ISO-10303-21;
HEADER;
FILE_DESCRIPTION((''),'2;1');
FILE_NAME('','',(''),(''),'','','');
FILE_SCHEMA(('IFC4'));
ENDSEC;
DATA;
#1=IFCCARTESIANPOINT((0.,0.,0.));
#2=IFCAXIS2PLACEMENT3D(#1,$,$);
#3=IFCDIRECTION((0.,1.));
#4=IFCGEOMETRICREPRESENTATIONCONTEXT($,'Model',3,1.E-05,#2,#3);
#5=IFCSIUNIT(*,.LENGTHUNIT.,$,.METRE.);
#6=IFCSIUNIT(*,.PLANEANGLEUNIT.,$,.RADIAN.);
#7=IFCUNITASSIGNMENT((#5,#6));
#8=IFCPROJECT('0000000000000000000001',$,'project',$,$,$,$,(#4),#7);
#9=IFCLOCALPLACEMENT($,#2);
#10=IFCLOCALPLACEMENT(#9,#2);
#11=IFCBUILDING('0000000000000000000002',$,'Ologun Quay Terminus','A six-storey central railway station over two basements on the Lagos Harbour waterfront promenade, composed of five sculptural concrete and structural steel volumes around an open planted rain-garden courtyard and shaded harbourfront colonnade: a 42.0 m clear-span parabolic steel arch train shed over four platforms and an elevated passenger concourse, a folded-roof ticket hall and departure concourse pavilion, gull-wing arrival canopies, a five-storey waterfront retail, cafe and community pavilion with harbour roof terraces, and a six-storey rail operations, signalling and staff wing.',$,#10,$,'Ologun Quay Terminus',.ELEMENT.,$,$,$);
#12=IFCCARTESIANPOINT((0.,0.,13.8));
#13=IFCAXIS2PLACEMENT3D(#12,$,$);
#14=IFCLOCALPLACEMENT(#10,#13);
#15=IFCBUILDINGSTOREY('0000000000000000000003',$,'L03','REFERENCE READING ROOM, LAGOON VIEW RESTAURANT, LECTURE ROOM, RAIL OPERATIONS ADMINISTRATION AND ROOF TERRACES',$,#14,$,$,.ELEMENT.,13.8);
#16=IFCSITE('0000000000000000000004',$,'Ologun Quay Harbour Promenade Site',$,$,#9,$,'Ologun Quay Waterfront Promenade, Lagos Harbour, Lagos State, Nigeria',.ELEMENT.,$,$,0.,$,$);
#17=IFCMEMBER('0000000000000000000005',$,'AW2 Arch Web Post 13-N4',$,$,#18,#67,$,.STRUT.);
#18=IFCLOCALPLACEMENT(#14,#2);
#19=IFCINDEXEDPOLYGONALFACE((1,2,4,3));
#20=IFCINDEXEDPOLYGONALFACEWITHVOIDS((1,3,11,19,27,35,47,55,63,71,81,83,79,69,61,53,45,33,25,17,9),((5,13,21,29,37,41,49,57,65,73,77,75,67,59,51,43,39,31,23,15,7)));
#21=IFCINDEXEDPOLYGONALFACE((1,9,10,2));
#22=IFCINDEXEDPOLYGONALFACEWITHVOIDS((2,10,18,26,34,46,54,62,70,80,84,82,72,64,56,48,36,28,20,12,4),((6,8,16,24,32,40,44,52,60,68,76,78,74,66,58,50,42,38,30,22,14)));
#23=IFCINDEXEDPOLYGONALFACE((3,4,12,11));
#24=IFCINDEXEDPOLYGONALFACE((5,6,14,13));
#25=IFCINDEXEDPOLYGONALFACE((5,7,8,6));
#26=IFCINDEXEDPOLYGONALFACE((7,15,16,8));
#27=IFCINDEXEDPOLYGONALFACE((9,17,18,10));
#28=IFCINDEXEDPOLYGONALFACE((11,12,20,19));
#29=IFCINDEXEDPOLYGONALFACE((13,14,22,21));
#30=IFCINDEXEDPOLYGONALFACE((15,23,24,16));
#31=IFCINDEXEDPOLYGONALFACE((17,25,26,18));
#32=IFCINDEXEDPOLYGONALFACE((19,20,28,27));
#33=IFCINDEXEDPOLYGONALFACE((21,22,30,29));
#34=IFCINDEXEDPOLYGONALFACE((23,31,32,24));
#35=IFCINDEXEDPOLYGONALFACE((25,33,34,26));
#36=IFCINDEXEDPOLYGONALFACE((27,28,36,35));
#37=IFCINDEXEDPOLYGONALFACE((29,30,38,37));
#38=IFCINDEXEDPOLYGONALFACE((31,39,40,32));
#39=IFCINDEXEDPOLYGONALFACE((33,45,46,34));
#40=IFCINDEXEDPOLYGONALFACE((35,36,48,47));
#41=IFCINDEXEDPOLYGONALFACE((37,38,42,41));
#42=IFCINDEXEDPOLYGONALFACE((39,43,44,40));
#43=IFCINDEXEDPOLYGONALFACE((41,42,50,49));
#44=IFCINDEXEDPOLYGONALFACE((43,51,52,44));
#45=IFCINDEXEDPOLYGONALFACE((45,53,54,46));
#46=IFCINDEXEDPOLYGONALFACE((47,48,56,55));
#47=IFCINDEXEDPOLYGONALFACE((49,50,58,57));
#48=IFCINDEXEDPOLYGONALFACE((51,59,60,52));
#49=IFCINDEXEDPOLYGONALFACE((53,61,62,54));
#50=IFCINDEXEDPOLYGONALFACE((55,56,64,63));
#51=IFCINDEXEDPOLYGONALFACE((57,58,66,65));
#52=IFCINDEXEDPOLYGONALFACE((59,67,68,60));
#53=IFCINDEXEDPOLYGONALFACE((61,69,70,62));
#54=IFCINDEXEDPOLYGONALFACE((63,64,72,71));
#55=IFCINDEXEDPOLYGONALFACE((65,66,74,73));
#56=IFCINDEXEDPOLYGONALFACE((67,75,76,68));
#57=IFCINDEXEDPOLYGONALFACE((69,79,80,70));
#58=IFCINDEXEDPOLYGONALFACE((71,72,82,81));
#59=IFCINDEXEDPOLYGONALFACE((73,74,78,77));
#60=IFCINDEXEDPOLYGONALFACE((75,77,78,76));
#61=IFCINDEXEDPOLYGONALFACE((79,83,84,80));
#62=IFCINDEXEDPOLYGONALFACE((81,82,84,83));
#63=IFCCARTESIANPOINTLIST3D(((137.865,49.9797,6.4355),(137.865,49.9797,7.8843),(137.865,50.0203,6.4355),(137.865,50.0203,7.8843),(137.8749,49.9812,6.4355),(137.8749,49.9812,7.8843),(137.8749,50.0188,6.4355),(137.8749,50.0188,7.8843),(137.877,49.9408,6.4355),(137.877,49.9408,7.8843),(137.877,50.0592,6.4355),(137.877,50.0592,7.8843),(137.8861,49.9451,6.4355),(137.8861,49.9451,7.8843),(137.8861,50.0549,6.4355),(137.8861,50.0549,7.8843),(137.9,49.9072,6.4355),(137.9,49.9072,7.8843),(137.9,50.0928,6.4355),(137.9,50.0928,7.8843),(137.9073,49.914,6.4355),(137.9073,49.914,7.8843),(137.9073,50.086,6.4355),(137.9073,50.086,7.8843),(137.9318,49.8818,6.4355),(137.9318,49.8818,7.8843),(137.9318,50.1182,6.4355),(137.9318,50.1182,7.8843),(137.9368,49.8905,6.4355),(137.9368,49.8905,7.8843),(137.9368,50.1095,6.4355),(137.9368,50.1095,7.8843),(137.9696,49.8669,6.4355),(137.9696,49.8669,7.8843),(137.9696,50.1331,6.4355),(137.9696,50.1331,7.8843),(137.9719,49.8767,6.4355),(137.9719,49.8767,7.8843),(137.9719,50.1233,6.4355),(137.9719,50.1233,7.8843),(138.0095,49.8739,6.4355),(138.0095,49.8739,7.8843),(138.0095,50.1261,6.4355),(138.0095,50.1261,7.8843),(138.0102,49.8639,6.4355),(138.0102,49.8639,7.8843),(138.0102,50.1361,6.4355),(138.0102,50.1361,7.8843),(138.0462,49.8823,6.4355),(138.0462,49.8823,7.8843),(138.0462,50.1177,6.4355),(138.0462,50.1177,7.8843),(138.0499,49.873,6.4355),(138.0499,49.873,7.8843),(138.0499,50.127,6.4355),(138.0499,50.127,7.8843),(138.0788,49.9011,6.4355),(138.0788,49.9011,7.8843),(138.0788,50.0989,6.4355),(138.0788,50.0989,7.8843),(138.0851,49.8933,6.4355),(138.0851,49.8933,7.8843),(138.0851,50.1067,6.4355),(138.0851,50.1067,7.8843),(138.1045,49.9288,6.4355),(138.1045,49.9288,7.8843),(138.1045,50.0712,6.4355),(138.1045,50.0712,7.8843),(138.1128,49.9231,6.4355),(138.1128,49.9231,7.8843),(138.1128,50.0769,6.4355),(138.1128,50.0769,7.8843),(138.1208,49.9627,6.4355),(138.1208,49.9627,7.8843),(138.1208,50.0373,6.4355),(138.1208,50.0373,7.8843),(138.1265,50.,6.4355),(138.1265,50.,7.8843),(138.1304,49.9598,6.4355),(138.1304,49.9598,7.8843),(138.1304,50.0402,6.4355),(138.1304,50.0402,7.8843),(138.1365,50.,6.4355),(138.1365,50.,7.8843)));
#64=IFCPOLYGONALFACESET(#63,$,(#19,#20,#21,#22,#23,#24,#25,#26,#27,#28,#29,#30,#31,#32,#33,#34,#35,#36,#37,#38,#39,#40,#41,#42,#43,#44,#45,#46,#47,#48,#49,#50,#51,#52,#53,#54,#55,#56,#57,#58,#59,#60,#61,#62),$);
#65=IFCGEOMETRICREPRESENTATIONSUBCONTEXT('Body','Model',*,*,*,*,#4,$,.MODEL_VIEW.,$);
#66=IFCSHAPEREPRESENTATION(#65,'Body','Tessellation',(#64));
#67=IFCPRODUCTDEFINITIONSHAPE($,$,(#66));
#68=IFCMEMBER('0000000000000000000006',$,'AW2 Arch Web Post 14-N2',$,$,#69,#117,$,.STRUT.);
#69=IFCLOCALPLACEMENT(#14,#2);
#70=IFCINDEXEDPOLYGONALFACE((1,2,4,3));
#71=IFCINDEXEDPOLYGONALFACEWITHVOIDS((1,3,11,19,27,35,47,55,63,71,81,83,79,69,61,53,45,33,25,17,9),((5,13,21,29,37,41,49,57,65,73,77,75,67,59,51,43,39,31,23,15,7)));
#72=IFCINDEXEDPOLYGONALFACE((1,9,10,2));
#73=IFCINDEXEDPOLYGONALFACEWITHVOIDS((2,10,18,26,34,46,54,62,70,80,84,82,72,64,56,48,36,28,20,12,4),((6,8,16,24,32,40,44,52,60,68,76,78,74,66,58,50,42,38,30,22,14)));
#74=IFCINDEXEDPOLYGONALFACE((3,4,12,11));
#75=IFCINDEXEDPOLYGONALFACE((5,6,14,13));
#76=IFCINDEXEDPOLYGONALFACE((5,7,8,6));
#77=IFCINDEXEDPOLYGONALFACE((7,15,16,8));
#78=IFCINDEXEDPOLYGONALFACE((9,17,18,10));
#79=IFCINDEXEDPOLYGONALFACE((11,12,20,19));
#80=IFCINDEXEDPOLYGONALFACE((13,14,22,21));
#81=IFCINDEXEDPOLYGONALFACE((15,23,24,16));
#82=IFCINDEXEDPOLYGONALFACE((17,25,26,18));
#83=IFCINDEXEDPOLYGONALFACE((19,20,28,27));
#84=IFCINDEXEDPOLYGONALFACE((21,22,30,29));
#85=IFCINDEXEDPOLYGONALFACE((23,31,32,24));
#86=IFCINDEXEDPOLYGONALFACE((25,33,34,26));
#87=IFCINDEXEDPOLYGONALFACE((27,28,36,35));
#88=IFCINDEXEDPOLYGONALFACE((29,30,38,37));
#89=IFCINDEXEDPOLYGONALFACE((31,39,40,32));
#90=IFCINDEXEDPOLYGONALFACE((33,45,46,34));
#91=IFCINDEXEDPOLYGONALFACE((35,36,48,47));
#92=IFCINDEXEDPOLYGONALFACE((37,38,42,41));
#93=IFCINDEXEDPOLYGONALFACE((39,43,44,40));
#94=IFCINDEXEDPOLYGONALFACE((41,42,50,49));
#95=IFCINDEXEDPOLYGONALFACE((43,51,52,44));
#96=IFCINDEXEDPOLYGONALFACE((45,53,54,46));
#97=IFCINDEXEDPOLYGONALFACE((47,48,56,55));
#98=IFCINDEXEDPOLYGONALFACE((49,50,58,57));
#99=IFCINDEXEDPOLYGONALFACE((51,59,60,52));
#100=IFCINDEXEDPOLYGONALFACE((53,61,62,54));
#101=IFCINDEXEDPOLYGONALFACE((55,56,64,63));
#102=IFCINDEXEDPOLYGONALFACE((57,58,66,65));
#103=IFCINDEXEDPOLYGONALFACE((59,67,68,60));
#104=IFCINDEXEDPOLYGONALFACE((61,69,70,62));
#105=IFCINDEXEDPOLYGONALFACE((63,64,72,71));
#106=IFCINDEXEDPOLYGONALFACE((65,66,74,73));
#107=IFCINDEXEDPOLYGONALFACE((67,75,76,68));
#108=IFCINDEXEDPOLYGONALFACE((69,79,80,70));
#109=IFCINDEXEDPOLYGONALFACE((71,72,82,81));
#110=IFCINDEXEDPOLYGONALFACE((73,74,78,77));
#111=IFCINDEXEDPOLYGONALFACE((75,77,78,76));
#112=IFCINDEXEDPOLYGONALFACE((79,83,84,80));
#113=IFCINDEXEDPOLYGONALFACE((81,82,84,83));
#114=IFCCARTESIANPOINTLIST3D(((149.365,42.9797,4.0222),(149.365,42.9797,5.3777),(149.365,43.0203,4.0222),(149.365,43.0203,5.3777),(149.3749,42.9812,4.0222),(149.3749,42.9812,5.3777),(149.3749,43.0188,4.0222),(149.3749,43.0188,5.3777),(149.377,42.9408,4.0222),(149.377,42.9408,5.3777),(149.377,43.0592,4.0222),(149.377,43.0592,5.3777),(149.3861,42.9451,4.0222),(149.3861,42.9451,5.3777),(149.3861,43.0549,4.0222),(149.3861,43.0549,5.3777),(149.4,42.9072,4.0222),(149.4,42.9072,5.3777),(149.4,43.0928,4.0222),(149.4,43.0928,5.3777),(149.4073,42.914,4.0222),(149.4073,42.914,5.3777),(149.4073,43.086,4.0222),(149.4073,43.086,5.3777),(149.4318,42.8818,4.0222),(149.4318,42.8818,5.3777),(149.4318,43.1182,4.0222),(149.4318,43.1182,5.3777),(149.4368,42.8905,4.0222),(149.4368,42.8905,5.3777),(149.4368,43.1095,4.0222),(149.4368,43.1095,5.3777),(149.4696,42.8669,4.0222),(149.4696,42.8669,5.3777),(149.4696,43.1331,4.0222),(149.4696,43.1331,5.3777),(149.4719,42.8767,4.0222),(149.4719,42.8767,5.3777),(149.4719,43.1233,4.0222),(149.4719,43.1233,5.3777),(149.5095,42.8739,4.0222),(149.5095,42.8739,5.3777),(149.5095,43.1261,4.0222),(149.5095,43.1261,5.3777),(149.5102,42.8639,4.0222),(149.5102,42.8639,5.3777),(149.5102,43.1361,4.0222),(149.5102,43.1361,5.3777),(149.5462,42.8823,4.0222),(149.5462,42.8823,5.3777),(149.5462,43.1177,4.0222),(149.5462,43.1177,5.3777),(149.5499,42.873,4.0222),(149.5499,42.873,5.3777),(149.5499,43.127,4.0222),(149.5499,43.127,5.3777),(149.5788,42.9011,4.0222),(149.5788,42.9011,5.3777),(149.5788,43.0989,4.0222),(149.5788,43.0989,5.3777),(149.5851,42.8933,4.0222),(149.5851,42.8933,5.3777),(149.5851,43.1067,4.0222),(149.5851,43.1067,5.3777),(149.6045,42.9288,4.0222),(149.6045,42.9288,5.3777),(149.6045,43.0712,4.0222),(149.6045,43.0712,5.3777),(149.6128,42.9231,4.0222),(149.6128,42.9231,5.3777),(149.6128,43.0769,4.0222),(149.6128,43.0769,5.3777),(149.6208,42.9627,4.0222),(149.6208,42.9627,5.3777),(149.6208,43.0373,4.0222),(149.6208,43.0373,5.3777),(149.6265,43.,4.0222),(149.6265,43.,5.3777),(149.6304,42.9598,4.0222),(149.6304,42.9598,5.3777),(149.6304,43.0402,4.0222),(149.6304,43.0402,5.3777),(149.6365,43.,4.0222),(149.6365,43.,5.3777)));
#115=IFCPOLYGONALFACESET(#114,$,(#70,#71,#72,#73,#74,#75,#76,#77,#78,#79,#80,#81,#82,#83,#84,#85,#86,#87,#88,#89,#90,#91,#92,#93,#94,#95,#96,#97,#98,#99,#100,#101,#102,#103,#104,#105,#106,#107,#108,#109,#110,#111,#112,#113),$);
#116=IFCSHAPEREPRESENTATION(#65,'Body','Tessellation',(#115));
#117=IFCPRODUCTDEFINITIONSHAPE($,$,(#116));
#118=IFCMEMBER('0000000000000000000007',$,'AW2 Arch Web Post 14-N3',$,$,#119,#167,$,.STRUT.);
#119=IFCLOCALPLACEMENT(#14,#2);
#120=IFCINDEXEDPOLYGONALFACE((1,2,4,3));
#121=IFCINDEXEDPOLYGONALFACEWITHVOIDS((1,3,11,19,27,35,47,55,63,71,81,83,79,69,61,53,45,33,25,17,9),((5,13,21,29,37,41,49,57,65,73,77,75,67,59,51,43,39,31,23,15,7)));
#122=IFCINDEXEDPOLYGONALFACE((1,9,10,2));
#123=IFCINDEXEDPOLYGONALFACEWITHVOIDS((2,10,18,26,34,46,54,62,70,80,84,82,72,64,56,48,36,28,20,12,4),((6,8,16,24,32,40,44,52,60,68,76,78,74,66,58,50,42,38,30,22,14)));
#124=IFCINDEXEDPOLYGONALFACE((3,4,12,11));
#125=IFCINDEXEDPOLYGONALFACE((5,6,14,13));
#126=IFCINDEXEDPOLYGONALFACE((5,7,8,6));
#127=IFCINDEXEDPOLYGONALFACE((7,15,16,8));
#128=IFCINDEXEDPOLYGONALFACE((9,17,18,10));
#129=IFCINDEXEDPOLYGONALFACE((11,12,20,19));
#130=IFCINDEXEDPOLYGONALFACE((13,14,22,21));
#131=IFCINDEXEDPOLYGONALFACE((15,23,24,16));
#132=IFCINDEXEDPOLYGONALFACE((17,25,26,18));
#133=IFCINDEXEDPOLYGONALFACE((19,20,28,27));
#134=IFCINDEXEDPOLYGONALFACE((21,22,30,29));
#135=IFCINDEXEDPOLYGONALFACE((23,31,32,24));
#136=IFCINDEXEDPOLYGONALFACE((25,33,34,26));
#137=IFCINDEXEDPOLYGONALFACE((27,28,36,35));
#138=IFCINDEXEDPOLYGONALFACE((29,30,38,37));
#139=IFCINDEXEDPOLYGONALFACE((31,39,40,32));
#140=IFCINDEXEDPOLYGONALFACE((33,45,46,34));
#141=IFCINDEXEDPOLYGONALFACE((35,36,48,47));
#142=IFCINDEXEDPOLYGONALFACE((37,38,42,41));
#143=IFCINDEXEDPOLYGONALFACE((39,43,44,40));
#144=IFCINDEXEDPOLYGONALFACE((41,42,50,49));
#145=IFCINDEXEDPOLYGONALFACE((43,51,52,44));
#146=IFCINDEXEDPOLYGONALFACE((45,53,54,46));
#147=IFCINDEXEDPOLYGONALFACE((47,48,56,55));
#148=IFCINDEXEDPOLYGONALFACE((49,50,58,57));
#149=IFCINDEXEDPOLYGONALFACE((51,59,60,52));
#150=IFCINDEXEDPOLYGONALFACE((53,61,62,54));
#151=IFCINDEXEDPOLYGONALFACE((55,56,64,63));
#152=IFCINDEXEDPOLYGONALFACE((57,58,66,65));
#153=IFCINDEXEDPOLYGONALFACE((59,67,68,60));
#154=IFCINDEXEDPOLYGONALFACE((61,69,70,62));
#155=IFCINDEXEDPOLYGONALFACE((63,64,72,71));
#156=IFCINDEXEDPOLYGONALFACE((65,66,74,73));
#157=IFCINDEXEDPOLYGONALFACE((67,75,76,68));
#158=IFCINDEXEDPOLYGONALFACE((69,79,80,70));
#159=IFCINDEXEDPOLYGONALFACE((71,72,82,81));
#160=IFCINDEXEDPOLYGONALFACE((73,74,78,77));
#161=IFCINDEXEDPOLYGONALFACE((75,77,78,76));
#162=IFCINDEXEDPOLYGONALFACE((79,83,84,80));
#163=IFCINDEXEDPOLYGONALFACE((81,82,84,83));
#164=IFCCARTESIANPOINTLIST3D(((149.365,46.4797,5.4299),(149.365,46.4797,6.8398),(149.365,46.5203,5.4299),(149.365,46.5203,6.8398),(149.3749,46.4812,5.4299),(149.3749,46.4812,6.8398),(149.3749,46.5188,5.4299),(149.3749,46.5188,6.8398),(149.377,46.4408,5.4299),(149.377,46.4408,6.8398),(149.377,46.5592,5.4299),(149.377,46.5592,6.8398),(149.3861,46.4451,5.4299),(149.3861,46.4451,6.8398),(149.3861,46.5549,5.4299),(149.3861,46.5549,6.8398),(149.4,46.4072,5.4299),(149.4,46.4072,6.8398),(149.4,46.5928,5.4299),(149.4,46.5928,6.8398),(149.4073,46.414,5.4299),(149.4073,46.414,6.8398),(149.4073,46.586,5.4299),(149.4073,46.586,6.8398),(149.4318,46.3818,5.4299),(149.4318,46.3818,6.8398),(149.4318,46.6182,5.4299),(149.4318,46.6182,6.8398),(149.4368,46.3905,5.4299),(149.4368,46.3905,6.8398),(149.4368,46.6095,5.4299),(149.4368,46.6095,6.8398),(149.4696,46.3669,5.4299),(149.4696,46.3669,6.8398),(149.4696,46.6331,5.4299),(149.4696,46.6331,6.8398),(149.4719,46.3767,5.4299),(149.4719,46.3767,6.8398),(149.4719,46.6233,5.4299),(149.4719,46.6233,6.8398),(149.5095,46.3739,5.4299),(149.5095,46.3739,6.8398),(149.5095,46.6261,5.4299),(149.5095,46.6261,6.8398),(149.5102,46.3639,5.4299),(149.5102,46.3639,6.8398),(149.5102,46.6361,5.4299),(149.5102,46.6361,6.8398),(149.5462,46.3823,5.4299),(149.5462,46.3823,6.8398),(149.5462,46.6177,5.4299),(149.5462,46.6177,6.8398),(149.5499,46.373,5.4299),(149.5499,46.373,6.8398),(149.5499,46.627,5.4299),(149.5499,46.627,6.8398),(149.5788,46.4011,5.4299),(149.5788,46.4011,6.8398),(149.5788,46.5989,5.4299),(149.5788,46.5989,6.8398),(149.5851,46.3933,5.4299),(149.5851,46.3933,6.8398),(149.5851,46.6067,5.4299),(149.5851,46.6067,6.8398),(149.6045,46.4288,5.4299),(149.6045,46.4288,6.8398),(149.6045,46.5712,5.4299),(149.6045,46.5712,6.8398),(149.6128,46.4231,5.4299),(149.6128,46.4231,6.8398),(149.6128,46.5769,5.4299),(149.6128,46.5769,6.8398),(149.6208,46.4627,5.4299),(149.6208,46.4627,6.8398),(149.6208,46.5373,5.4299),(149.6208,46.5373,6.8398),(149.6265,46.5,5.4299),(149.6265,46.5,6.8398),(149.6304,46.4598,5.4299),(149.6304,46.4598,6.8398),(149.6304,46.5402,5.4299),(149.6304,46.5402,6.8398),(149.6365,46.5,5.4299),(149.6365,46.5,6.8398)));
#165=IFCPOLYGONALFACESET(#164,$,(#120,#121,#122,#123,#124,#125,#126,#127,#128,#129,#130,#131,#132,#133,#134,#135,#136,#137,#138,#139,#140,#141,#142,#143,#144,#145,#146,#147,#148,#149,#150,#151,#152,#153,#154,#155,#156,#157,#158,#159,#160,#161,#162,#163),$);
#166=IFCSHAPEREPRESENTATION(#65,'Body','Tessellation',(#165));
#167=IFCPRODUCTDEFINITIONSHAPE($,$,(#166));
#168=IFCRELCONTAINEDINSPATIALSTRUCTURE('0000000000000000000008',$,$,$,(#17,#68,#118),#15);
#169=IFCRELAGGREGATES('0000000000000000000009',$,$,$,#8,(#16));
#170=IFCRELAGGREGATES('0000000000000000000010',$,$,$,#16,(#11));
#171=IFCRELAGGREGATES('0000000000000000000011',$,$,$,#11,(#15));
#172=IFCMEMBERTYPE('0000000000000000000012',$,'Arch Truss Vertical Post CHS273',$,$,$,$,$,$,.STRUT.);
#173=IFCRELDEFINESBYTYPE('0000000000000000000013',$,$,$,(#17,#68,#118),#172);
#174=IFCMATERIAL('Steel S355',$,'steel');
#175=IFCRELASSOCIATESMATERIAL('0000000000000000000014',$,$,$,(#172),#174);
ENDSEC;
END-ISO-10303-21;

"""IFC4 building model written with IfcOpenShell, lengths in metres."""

from ifc_helpers import new_model, si_unit, direction, frame, origin, origin_2d, place, context, subcontext, project, spatial, hollow_circle, extrude, material, material_profile, profile_set, type_object, element, save


model = new_model("IFC4")

# Units and contexts
model_context = context("Model", 3, precision=1e-05, world=origin(), true_north=direction((0.0, 1.0)))
body_context = subcontext(model_context, "Body", "Model", "MODEL_VIEW")
ifc_project = project(units=[si_unit("LENGTHUNIT", "METRE"), si_unit("PLANEANGLEUNIT", "RADIAN")], contexts=[model_context])

# Site, building, storey
site_placement = place(None, origin())
site = spatial("IfcSite", under=ifc_project, at=site_placement, Name="Ologun Quay Harbour Promenade Site", LongName="Ologun Quay Waterfront Promenade, Lagos Harbour, Lagos State, Nigeria", CompositionType="ELEMENT", RefElevation=0.0)
building_placement = place(site_placement, origin())
building = spatial("IfcBuilding", under=site, at=building_placement, Name="Ologun Quay Terminus", Description="A six-storey central railway station over two basements on the Lagos Harbour waterfront promenade, composed of five sculptural concrete and structural steel volumes around an open planted rain-garden courtyard and shaded harbourfront colonnade: a 42.0 m clear-span parabolic steel arch train shed over four platforms and an elevated passenger concourse, a folded-roof ticket hall and departure concourse pavilion, gull-wing arrival canopies, a five-storey waterfront retail, cafe and community pavilion with harbour roof terraces, and a six-storey rail operations, signalling and staff wing.", LongName="Ologun Quay Terminus", CompositionType="ELEMENT")
storey_placement = place(building_placement, frame((0.0, 0.0, 13.8)))
storey = spatial("IfcBuildingStorey", under=building, at=storey_placement, Name="L03", Description="REFERENCE READING ROOM, LAGOON VIEW RESTAURANT, LECTURE ROOM, RAIL OPERATIONS ADMINISTRATION AND ROOF TERRACES", CompositionType="ELEMENT", Elevation=13.8)

# Members
ifc_material_1 = material(Name="Steel S355", Category="steel")
ifc_material_profile_1 = material_profile(ifc_material_1, hollow_circle(Radius=0.1365, WallThickness=0.01, at=origin_2d()), Name="CHS 273x10")
ifc_profile_set_1 = profile_set([ifc_material_profile_1], Name="Steel S355")
member_type_1 = type_object("IfcMemberType", Name="Arch Truss Vertical Post CHS273", PredefinedType="STRUT", material=ifc_profile_set_1)
member_1_placement = place(storey_placement, frame((138.0, 50.0, 6.4355), z_axis=(0.0, 0.0, 1.0), x_axis=(1.0, 0.0, 0.0)))
element("IfcMember", 1, at=member_1_placement, inside=storey, type_object=member_type_1, Name="AW2 Arch Web Post 13-N4", PredefinedType="STRUT", context=body_context, shape_type="SweptSolid", body=[
    extrude(hollow_circle(Radius=0.1365, WallThickness=0.01, at=origin_2d()), origin(), (0.0, 0.0, 1.0), 1.4487),
])
member_2_placement = place(storey_placement, frame((149.5, 43.0, 4.0222), z_axis=(0.0, 0.0, 1.0), x_axis=(1.0, 0.0, 0.0)))
element("IfcMember", 2, at=member_2_placement, inside=storey, type_object=member_type_1, Name="AW2 Arch Web Post 14-N2", PredefinedType="STRUT", context=body_context, shape_type="SweptSolid", body=[
    extrude(hollow_circle(Radius=0.1365, WallThickness=0.01, at=origin_2d()), origin(), (0.0, 0.0, 1.0), 1.3555),
])
member_3_placement = place(storey_placement, frame((149.5, 46.5, 5.4299), z_axis=(0.0, 0.0, 1.0), x_axis=(1.0, 0.0, 0.0)))
element("IfcMember", 3, at=member_3_placement, inside=storey, type_object=member_type_1, Name="AW2 Arch Web Post 14-N3", PredefinedType="STRUT", context=body_context, shape_type="SweptSolid", body=[
    extrude(hollow_circle(Radius=0.1365, WallThickness=0.01, at=origin_2d()), origin(), (0.0, 0.0, 1.0), 1.4099),
])

save(model, "model.ifc")
